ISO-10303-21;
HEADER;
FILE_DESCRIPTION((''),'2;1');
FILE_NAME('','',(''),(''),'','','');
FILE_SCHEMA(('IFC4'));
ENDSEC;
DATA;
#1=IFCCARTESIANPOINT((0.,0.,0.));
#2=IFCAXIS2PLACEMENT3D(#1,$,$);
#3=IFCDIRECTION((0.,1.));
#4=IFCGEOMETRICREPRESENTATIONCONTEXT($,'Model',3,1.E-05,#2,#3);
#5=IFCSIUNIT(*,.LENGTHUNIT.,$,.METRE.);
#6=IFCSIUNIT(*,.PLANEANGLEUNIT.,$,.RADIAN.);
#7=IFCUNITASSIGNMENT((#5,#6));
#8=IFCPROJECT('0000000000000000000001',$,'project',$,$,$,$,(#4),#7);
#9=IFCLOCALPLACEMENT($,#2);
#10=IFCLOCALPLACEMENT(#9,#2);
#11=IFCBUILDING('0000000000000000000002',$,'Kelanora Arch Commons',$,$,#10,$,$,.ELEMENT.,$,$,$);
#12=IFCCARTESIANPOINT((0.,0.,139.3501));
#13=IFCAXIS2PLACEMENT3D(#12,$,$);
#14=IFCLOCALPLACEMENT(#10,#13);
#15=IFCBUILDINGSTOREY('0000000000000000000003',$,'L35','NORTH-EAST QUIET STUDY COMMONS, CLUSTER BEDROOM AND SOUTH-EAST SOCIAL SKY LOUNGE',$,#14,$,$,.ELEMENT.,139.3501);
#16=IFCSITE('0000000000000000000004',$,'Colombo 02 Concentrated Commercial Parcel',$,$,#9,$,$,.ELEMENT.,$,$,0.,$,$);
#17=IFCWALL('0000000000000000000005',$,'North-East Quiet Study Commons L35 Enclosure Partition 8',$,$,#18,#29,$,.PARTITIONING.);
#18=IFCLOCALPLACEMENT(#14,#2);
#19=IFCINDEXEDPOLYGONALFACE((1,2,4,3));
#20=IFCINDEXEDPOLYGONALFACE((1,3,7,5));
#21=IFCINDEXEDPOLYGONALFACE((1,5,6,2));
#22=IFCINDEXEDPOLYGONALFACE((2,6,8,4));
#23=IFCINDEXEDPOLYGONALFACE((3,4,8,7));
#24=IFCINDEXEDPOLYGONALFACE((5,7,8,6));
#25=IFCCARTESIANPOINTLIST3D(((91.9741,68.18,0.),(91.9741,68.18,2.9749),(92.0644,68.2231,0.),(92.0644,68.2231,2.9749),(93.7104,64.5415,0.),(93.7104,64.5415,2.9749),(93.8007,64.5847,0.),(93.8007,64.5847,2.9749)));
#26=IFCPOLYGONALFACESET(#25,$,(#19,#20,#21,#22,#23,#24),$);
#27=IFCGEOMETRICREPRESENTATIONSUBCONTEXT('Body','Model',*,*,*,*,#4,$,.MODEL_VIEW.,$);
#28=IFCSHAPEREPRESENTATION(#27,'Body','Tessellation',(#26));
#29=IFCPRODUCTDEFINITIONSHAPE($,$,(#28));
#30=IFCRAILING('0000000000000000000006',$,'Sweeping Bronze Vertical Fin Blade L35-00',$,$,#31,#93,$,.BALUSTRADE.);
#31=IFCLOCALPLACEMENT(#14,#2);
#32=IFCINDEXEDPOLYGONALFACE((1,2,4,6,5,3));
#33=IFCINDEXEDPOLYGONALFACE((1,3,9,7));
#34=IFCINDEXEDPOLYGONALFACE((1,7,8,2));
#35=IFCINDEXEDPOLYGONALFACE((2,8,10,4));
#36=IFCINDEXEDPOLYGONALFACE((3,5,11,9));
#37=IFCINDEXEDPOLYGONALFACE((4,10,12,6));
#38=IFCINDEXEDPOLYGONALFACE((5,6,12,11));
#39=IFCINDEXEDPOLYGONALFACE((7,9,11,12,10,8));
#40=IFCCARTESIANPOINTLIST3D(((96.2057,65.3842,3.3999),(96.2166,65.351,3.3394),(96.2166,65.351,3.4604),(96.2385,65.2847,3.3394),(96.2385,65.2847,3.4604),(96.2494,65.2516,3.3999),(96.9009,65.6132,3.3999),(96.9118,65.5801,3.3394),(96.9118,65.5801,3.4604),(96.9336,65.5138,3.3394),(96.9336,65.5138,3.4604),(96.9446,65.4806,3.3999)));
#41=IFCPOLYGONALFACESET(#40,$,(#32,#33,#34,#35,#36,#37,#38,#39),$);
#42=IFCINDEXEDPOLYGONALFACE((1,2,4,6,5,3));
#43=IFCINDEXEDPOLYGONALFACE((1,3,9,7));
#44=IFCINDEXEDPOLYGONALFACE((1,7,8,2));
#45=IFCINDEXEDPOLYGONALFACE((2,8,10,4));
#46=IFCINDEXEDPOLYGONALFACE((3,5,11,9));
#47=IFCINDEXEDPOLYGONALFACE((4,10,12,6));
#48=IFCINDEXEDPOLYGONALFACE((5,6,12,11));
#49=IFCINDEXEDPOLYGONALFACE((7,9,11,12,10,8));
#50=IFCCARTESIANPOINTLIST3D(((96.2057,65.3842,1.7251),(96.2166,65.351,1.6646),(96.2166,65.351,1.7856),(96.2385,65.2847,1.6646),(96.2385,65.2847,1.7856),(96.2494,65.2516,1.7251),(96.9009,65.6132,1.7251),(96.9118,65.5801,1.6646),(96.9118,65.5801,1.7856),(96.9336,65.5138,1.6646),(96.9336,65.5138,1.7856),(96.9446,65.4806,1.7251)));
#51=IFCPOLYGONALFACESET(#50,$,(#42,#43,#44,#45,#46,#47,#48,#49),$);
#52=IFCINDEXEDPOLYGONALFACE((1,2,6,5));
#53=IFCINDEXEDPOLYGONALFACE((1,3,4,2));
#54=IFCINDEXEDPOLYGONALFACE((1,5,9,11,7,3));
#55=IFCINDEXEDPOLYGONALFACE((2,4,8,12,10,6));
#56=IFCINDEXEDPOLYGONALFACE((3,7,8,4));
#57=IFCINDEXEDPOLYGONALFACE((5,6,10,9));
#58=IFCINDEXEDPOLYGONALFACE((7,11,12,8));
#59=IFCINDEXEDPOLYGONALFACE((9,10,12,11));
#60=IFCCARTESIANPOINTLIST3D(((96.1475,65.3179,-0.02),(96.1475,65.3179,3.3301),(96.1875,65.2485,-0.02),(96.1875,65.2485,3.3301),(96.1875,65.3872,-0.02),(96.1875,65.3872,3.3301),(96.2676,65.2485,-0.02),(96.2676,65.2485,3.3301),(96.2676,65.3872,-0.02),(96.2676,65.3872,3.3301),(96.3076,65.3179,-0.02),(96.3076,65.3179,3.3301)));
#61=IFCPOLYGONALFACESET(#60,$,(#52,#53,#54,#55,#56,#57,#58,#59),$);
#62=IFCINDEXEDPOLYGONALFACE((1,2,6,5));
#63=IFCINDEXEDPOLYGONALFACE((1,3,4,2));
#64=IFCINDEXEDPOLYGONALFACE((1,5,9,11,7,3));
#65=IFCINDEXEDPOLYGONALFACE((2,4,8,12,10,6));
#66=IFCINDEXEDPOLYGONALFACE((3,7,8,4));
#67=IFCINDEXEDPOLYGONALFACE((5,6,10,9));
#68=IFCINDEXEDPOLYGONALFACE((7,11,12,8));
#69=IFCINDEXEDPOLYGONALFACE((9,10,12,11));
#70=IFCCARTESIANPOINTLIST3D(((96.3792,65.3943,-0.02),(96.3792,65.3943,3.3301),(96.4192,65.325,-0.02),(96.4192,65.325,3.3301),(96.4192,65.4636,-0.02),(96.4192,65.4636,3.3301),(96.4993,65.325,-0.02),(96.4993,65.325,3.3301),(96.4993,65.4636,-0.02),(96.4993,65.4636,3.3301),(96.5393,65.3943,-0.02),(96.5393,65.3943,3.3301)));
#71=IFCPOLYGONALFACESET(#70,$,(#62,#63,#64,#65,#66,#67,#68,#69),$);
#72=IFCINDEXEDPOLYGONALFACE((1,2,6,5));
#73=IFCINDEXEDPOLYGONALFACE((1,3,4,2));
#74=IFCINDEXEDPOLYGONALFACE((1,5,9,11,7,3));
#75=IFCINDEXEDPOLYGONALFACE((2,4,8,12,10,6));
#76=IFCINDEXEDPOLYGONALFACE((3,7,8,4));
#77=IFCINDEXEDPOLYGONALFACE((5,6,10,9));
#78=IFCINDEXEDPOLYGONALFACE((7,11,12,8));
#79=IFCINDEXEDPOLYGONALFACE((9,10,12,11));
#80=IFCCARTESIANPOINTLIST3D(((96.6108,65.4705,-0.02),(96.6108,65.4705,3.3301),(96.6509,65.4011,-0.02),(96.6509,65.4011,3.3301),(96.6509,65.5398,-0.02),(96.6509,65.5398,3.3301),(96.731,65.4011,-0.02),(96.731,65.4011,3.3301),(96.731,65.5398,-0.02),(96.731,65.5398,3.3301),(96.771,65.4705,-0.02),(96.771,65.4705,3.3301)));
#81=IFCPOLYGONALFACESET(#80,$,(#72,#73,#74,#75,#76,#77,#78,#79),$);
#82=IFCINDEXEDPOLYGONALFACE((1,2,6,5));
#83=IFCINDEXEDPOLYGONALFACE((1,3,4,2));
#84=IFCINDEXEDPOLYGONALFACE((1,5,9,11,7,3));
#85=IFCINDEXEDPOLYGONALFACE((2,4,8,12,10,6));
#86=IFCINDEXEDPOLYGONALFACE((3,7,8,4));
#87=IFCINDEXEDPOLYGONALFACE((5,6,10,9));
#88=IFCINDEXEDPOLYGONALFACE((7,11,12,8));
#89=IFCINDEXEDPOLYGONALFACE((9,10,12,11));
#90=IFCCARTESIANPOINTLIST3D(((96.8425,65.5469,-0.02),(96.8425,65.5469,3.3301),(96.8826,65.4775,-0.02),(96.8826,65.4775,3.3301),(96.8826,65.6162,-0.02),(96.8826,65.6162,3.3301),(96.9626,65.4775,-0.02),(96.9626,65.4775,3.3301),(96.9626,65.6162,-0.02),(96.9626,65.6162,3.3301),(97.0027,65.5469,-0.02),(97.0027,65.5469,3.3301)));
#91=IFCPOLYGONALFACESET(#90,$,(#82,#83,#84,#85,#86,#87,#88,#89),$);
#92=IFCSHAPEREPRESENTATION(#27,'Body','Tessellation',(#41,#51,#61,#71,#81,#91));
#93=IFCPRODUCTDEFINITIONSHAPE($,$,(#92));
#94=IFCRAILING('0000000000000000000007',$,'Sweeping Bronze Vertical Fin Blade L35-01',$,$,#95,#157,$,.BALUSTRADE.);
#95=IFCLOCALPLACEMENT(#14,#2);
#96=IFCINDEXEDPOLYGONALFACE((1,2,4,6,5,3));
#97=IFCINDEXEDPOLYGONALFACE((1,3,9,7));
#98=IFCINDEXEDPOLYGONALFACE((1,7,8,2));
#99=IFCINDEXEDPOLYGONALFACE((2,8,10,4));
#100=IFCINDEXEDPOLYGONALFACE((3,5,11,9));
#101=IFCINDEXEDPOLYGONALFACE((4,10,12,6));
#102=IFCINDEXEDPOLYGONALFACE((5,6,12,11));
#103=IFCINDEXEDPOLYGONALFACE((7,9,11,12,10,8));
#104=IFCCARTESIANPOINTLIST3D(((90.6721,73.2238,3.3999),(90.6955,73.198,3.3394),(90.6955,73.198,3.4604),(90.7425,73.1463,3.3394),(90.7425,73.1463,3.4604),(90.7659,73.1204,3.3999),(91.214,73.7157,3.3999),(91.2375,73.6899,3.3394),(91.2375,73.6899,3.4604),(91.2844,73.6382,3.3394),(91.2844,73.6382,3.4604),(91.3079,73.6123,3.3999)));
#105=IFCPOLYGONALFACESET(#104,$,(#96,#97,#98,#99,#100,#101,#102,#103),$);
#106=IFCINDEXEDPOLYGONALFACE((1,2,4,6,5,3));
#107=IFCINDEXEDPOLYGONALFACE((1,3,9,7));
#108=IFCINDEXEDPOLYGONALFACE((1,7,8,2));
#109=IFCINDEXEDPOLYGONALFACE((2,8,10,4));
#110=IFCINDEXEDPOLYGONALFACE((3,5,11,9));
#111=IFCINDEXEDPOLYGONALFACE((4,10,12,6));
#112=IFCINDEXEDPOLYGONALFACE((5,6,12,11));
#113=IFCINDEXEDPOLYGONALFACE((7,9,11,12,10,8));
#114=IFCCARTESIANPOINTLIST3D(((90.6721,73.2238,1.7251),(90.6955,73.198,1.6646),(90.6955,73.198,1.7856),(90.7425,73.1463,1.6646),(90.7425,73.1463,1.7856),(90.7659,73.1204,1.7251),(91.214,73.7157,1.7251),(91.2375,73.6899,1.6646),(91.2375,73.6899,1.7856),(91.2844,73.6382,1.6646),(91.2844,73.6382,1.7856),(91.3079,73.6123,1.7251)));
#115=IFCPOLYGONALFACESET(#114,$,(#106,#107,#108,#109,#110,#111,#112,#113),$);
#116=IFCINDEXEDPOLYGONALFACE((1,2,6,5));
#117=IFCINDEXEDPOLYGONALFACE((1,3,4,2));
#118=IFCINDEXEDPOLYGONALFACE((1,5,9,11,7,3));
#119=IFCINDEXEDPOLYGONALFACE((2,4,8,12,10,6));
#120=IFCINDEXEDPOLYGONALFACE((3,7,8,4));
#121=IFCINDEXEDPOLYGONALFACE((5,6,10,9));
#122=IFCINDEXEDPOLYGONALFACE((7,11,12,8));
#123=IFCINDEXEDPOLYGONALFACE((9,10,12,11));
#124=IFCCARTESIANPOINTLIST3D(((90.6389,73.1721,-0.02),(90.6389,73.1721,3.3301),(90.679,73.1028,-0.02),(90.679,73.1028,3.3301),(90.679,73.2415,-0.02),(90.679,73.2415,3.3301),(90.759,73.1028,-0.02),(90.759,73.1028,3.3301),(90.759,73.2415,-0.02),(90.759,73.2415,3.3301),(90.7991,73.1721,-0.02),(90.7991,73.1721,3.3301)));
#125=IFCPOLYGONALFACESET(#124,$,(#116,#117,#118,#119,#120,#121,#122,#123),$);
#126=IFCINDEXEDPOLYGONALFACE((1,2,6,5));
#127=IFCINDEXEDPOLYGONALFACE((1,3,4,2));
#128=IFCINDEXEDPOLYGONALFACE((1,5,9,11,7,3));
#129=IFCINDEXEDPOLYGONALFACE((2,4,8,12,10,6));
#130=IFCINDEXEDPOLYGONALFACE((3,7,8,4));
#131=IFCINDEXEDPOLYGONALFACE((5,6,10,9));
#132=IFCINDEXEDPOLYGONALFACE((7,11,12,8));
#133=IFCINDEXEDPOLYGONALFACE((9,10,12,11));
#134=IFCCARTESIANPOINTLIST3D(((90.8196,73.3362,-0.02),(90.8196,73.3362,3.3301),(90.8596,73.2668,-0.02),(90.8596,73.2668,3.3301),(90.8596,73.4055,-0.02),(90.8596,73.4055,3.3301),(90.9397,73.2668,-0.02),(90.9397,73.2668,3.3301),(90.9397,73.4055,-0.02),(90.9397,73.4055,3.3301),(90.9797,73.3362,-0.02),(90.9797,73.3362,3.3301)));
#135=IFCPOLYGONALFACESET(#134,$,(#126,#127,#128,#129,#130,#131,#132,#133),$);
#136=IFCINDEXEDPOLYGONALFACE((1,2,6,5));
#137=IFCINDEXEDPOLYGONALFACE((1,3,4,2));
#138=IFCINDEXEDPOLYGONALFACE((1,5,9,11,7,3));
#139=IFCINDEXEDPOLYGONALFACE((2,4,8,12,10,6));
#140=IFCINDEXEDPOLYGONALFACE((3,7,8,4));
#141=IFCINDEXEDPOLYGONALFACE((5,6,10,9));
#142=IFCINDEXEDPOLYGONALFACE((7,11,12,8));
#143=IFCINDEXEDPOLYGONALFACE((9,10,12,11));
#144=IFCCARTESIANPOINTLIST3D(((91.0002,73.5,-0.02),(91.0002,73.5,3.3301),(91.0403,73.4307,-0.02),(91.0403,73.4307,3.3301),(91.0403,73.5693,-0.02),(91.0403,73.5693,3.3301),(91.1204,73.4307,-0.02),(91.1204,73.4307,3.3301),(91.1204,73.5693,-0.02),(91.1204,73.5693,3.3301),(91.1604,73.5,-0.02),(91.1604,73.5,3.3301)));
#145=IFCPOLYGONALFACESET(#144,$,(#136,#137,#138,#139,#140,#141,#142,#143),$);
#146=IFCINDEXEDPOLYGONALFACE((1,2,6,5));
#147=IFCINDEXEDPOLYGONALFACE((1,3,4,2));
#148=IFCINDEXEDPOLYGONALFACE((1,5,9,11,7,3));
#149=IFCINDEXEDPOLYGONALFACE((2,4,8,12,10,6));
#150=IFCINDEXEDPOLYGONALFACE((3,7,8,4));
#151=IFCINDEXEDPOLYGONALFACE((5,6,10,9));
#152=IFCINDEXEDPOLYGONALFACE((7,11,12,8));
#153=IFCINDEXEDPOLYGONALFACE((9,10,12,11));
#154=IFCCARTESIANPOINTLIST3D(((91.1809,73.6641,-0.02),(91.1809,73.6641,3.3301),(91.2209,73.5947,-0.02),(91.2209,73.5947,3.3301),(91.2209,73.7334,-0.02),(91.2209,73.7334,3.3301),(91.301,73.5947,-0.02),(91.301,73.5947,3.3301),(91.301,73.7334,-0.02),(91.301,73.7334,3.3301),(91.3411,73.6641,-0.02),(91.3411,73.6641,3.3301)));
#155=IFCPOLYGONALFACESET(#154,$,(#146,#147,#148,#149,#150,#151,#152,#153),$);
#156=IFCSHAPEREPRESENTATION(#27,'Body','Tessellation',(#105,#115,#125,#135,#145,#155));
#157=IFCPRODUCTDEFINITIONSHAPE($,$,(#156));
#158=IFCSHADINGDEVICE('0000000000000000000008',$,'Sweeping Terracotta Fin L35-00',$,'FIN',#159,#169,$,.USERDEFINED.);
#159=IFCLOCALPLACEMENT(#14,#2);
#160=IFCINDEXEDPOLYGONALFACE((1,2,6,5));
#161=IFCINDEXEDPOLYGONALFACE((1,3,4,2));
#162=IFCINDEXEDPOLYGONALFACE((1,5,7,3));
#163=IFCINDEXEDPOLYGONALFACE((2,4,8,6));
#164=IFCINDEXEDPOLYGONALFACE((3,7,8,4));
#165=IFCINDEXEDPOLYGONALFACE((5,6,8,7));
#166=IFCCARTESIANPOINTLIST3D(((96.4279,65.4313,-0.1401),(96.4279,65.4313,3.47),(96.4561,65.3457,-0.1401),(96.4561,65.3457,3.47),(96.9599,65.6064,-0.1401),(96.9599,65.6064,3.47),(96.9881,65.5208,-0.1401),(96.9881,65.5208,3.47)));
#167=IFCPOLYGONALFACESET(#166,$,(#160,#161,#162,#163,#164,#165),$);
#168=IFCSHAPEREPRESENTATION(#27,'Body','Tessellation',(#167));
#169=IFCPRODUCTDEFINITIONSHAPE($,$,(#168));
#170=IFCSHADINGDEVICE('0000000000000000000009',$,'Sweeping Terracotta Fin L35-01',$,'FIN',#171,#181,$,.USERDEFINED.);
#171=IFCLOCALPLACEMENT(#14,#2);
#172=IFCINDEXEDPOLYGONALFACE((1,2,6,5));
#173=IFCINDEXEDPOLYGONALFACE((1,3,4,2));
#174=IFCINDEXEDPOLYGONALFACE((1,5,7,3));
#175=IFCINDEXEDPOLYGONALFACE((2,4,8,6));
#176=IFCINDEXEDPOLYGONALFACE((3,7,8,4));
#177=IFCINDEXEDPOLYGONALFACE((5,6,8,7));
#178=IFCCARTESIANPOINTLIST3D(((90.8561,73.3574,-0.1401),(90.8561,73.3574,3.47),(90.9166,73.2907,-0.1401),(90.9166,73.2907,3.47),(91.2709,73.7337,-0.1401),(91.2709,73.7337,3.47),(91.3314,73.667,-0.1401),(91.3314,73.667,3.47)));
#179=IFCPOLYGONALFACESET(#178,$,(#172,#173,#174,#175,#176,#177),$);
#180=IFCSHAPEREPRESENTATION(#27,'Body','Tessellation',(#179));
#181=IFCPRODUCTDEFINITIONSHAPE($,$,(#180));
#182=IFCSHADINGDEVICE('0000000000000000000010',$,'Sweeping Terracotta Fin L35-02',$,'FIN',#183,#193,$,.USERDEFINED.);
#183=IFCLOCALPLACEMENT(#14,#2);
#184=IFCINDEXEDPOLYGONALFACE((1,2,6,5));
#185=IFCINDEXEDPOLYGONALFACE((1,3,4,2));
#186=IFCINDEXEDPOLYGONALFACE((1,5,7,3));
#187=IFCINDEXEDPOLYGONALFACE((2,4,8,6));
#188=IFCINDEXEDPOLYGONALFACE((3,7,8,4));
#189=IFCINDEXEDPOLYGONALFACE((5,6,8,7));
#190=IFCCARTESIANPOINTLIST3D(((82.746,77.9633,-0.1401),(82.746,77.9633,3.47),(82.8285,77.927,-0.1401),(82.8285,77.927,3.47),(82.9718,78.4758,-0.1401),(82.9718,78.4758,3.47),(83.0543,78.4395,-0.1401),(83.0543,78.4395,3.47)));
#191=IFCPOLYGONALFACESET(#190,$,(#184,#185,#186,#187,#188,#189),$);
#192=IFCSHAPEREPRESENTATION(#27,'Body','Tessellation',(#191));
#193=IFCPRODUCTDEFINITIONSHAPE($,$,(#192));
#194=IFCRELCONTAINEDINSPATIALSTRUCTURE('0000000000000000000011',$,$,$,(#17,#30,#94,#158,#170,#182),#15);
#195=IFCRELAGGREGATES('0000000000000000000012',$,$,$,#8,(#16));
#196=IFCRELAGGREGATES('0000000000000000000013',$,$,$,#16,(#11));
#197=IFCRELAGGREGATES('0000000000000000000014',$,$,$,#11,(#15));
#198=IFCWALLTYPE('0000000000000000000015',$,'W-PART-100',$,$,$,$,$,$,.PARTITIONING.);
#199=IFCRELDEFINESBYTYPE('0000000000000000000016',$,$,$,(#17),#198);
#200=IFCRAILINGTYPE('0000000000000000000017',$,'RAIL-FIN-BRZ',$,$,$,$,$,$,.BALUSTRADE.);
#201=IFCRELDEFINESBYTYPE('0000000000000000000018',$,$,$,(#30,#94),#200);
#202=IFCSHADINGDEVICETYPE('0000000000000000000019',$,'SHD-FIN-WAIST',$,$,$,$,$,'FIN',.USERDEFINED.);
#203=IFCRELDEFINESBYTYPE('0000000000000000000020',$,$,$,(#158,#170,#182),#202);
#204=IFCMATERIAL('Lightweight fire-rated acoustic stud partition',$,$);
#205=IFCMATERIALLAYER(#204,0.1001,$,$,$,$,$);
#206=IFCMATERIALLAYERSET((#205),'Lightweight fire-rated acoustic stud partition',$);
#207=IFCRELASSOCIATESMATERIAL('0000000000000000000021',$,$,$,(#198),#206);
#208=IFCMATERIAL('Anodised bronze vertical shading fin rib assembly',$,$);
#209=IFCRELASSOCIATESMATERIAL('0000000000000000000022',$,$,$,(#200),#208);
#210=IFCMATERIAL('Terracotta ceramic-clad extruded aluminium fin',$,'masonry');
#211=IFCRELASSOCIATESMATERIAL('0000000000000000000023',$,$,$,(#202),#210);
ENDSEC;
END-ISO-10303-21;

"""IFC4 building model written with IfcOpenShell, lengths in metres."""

from ifc_helpers import new_model, si_unit, direction, frame, frame_2d, origin, origin_2d, place, context, subcontext, project, spatial, polyline, rectangle, outline, extrude, source, transform, mapped, material, layer, layer_set, type_object, element, save


model = new_model("IFC4")

# Units and contexts
model_context = context("Model", 3, precision=1e-05, world=origin(), true_north=direction((0.0, 1.0)))
body_context = subcontext(model_context, "Body", "Model", "MODEL_VIEW")
ifc_project = project(units=[si_unit("LENGTHUNIT", "METRE"), si_unit("PLANEANGLEUNIT", "RADIAN")], contexts=[model_context])

# Site, building, storey
site_placement = place(None, origin())
site = spatial("IfcSite", under=ifc_project, at=site_placement, Name="Colombo 02 Concentrated Commercial Parcel", CompositionType="ELEMENT", RefElevation=0.0)
building_placement = place(site_placement, origin())
building = spatial("IfcBuilding", under=site, at=building_placement, Name="Kelanora Arch Commons", CompositionType="ELEMENT")
storey_placement = place(building_placement, frame((0.0, 0.0, 139.3501)))
storey = spatial("IfcBuildingStorey", under=building, at=storey_placement, Name="L35", Description="NORTH-EAST QUIET STUDY COMMONS, CLUSTER BEDROOM AND SOUTH-EAST SOCIAL SKY LOUNGE", CompositionType="ELEMENT", Elevation=139.3501)

# Wall
ifc_material_1 = material(Name="Lightweight fire-rated acoustic stud partition")
ifc_layer_1 = layer(ifc_material_1, 0.1001)
ifc_layer_set_1 = layer_set([ifc_layer_1], Name="Lightweight fire-rated acoustic stud partition")
wall_type_1 = type_object("IfcWallType", Name="W-PART-100", PredefinedType="PARTITIONING", material=ifc_layer_set_1)
wall_1_placement = place(storey_placement, frame((92.0193, 68.2014, 0.0), z_axis=(0.0, 0.0, 1.0), x_axis=(0.43069, -0.9025, 0.0)))
element("IfcWall", 1, at=wall_1_placement, inside=storey, type_object=wall_type_1, Name="North-East Quiet Study Commons L35 Enclosure Partition 8", PredefinedType="PARTITIONING", context=body_context, shape_type="SweptSolid", body=[
    extrude(rectangle(XDim=4.0315, YDim=0.1001, at=frame_2d((2.0156, 0.0))), origin(), (0.0, 0.0, 1.0), 2.9749),
])

# Railings
ifc_material_2 = material(Name="Anodised bronze vertical shading fin rib assembly")
railing_type = type_object("IfcRailingType", Name="RAIL-FIN-BRZ", PredefinedType="BALUSTRADE", material=ifc_material_2)
railing_1_placement = place(storey_placement, frame((96.2275, 65.3179, -0.02)))
element("IfcRailing", 2, at=railing_1_placement, inside=storey, type_object=railing_type, Name="Sweeping Bronze Vertical Fin Blade L35-00", PredefinedType="BALUSTRADE", context=body_context, shape_type="SweptSolid", body=[
    extrude(outline(polyline([(0.0698, 0.0), (0.0349, 0.0605), (-0.0349, 0.0605), (-0.0698, 0.0), (-0.0349, -0.0605), (0.0349, -0.0605), (0.0698, 0.0)])), frame((0.0, 0.0, 3.4199), z_axis=(0.949778, 0.312923, 0.0), x_axis=(-0.312923, 0.949778, 0.0)), (0.0, 0.0, 1.0), 0.7319),
    extrude(outline(polyline([(0.0698, 0.0), (0.0349, 0.0605), (-0.0349, 0.0605), (-0.0698, 0.0), (-0.0349, -0.0605), (0.0349, -0.0605), (0.0698, 0.0)])), frame((0.0, 0.0, 1.7451), z_axis=(0.949778, 0.312923, 0.0), x_axis=(-0.312923, 0.949778, 0.0)), (0.0, 0.0, 1.0), 0.7319),
    extrude(outline(polyline([(0.0801, 0.0), (0.04, 0.0693), (-0.04, 0.0693), (-0.0801, 0.0), (-0.04, -0.0693), (0.04, -0.0693), (0.0801, 0.0)])), origin(), (0.0, 0.0, 1.0), 3.3501),
    extrude(outline(polyline([(0.0801, 0.0), (0.04, 0.0693), (-0.04, 0.0693), (-0.0801, 0.0), (-0.04, -0.0693), (0.04, -0.0693), (0.0801, 0.0)])), frame((0.2317, 0.0764, 0.0)), (0.0, 0.0, 1.0), 3.3501),
    extrude(outline(polyline([(0.0801, 0.0), (0.04, 0.0693), (-0.04, 0.0693), (-0.0801, 0.0), (-0.04, -0.0693), (0.04, -0.0693), (0.0801, 0.0)])), frame((0.4634, 0.1526, 0.0)), (0.0, 0.0, 1.0), 3.3501),
    extrude(outline(polyline([(0.0801, 0.0), (0.04, 0.0693), (-0.04, 0.0693), (-0.0801, 0.0), (-0.04, -0.0693), (0.04, -0.0693), (0.0801, 0.0)])), frame((0.6951, 0.229, 0.0)), (0.0, 0.0, 1.0), 3.3501),
])
railing_2_placement = place(storey_placement, frame((90.719, 73.1721, -0.02)))
element("IfcRailing", 3, at=railing_2_placement, inside=storey, type_object=railing_type, Name="Sweeping Bronze Vertical Fin Blade L35-01", PredefinedType="BALUSTRADE", context=body_context, shape_type="SweptSolid", body=[
    extrude(outline(polyline([(0.0698, 0.0), (0.0349, 0.0605), (-0.0349, 0.0605), (-0.0698, 0.0), (-0.0349, -0.0605), (0.0349, -0.0605), (0.0698, 0.0)])), frame((0.0, 0.0, 3.4199), z_axis=(0.740468, 0.672092, 0.0), x_axis=(-0.672092, 0.740468, 0.0)), (0.0, 0.0, 1.0), 0.7319),
    extrude(outline(polyline([(0.0698, 0.0), (0.0349, 0.0605), (-0.0349, 0.0605), (-0.0698, 0.0), (-0.0349, -0.0605), (0.0349, -0.0605), (0.0698, 0.0)])), frame((0.0, 0.0, 1.7451), z_axis=(0.740468, 0.672092, 0.0), x_axis=(-0.672092, 0.740468, 0.0)), (0.0, 0.0, 1.0), 0.7319),
    extrude(outline(polyline([(0.0801, 0.0), (0.04, 0.0693), (-0.04, 0.0693), (-0.0801, 0.0), (-0.04, -0.0693), (0.04, -0.0693), (0.0801, 0.0)])), origin(), (0.0, 0.0, 1.0), 3.3501),
    extrude(outline(polyline([(0.0801, 0.0), (0.04, 0.0693), (-0.04, 0.0693), (-0.0801, 0.0), (-0.04, -0.0693), (0.04, -0.0693), (0.0801, 0.0)])), frame((0.1807, 0.1641, 0.0)), (0.0, 0.0, 1.0), 3.3501),
    extrude(outline(polyline([(0.0801, 0.0), (0.04, 0.0693), (-0.04, 0.0693), (-0.0801, 0.0), (-0.04, -0.0693), (0.04, -0.0693), (0.0801, 0.0)])), frame((0.3613, 0.3279, 0.0)), (0.0, 0.0, 1.0), 3.3501),
    extrude(outline(polyline([(0.0801, 0.0), (0.04, 0.0693), (-0.04, 0.0693), (-0.0801, 0.0), (-0.04, -0.0693), (0.04, -0.0693), (0.0801, 0.0)])), frame((0.542, 0.4919, 0.0)), (0.0, 0.0, 1.0), 3.3501),
])

# Shading devices
ifc_material_3 = material(Name="Terracotta ceramic-clad extruded aluminium fin", Category="masonry")
shading_device_type = type_object("IfcShadingDeviceType", Name="SHD-FIN-WAIST", ElementType="FIN", PredefinedType="USERDEFINED", material=ifc_material_3)
shared_shape_1 = source(origin(), body_context, "Body", "SweptSolid", [
    extrude(rectangle(XDim=0.5601, YDim=0.0901, at=origin_2d()), origin(), (0.0, 0.0, 1.0), 3.6101),
])
for number, where, z_axis, x_axis, name in (
    (4, (96.708, 65.4761, -0.1401), (0.0, 0.0, 1.0), (0.949863, 0.312667, 0.0), "Sweeping Terracotta Fin L35-00"),
    (5, (91.0938, 73.5122, -0.1401), (0.0, 0.0, 1.0), (0.74057, 0.671979, 0.0), "Sweeping Terracotta Fin L35-01"),
    (6, (82.9001, 78.2014, -0.1401), (0.0, 0.0, 1.0), (0.403226, 0.9151, 0.0), "Sweeping Terracotta Fin L35-02"),
):
    element("IfcShadingDevice", number, at=place(storey_placement, frame(where, z_axis=z_axis, x_axis=x_axis)), inside=storey, type_object=shading_device_type, Name=name, ObjectType="FIN", PredefinedType="USERDEFINED", context=body_context, shape_type="MappedRepresentation", body=[
        mapped(shared_shape_1, transform((0.0, 0.0, 0.0), scale=1.0)),
    ])

save(model, "model.ifc")
